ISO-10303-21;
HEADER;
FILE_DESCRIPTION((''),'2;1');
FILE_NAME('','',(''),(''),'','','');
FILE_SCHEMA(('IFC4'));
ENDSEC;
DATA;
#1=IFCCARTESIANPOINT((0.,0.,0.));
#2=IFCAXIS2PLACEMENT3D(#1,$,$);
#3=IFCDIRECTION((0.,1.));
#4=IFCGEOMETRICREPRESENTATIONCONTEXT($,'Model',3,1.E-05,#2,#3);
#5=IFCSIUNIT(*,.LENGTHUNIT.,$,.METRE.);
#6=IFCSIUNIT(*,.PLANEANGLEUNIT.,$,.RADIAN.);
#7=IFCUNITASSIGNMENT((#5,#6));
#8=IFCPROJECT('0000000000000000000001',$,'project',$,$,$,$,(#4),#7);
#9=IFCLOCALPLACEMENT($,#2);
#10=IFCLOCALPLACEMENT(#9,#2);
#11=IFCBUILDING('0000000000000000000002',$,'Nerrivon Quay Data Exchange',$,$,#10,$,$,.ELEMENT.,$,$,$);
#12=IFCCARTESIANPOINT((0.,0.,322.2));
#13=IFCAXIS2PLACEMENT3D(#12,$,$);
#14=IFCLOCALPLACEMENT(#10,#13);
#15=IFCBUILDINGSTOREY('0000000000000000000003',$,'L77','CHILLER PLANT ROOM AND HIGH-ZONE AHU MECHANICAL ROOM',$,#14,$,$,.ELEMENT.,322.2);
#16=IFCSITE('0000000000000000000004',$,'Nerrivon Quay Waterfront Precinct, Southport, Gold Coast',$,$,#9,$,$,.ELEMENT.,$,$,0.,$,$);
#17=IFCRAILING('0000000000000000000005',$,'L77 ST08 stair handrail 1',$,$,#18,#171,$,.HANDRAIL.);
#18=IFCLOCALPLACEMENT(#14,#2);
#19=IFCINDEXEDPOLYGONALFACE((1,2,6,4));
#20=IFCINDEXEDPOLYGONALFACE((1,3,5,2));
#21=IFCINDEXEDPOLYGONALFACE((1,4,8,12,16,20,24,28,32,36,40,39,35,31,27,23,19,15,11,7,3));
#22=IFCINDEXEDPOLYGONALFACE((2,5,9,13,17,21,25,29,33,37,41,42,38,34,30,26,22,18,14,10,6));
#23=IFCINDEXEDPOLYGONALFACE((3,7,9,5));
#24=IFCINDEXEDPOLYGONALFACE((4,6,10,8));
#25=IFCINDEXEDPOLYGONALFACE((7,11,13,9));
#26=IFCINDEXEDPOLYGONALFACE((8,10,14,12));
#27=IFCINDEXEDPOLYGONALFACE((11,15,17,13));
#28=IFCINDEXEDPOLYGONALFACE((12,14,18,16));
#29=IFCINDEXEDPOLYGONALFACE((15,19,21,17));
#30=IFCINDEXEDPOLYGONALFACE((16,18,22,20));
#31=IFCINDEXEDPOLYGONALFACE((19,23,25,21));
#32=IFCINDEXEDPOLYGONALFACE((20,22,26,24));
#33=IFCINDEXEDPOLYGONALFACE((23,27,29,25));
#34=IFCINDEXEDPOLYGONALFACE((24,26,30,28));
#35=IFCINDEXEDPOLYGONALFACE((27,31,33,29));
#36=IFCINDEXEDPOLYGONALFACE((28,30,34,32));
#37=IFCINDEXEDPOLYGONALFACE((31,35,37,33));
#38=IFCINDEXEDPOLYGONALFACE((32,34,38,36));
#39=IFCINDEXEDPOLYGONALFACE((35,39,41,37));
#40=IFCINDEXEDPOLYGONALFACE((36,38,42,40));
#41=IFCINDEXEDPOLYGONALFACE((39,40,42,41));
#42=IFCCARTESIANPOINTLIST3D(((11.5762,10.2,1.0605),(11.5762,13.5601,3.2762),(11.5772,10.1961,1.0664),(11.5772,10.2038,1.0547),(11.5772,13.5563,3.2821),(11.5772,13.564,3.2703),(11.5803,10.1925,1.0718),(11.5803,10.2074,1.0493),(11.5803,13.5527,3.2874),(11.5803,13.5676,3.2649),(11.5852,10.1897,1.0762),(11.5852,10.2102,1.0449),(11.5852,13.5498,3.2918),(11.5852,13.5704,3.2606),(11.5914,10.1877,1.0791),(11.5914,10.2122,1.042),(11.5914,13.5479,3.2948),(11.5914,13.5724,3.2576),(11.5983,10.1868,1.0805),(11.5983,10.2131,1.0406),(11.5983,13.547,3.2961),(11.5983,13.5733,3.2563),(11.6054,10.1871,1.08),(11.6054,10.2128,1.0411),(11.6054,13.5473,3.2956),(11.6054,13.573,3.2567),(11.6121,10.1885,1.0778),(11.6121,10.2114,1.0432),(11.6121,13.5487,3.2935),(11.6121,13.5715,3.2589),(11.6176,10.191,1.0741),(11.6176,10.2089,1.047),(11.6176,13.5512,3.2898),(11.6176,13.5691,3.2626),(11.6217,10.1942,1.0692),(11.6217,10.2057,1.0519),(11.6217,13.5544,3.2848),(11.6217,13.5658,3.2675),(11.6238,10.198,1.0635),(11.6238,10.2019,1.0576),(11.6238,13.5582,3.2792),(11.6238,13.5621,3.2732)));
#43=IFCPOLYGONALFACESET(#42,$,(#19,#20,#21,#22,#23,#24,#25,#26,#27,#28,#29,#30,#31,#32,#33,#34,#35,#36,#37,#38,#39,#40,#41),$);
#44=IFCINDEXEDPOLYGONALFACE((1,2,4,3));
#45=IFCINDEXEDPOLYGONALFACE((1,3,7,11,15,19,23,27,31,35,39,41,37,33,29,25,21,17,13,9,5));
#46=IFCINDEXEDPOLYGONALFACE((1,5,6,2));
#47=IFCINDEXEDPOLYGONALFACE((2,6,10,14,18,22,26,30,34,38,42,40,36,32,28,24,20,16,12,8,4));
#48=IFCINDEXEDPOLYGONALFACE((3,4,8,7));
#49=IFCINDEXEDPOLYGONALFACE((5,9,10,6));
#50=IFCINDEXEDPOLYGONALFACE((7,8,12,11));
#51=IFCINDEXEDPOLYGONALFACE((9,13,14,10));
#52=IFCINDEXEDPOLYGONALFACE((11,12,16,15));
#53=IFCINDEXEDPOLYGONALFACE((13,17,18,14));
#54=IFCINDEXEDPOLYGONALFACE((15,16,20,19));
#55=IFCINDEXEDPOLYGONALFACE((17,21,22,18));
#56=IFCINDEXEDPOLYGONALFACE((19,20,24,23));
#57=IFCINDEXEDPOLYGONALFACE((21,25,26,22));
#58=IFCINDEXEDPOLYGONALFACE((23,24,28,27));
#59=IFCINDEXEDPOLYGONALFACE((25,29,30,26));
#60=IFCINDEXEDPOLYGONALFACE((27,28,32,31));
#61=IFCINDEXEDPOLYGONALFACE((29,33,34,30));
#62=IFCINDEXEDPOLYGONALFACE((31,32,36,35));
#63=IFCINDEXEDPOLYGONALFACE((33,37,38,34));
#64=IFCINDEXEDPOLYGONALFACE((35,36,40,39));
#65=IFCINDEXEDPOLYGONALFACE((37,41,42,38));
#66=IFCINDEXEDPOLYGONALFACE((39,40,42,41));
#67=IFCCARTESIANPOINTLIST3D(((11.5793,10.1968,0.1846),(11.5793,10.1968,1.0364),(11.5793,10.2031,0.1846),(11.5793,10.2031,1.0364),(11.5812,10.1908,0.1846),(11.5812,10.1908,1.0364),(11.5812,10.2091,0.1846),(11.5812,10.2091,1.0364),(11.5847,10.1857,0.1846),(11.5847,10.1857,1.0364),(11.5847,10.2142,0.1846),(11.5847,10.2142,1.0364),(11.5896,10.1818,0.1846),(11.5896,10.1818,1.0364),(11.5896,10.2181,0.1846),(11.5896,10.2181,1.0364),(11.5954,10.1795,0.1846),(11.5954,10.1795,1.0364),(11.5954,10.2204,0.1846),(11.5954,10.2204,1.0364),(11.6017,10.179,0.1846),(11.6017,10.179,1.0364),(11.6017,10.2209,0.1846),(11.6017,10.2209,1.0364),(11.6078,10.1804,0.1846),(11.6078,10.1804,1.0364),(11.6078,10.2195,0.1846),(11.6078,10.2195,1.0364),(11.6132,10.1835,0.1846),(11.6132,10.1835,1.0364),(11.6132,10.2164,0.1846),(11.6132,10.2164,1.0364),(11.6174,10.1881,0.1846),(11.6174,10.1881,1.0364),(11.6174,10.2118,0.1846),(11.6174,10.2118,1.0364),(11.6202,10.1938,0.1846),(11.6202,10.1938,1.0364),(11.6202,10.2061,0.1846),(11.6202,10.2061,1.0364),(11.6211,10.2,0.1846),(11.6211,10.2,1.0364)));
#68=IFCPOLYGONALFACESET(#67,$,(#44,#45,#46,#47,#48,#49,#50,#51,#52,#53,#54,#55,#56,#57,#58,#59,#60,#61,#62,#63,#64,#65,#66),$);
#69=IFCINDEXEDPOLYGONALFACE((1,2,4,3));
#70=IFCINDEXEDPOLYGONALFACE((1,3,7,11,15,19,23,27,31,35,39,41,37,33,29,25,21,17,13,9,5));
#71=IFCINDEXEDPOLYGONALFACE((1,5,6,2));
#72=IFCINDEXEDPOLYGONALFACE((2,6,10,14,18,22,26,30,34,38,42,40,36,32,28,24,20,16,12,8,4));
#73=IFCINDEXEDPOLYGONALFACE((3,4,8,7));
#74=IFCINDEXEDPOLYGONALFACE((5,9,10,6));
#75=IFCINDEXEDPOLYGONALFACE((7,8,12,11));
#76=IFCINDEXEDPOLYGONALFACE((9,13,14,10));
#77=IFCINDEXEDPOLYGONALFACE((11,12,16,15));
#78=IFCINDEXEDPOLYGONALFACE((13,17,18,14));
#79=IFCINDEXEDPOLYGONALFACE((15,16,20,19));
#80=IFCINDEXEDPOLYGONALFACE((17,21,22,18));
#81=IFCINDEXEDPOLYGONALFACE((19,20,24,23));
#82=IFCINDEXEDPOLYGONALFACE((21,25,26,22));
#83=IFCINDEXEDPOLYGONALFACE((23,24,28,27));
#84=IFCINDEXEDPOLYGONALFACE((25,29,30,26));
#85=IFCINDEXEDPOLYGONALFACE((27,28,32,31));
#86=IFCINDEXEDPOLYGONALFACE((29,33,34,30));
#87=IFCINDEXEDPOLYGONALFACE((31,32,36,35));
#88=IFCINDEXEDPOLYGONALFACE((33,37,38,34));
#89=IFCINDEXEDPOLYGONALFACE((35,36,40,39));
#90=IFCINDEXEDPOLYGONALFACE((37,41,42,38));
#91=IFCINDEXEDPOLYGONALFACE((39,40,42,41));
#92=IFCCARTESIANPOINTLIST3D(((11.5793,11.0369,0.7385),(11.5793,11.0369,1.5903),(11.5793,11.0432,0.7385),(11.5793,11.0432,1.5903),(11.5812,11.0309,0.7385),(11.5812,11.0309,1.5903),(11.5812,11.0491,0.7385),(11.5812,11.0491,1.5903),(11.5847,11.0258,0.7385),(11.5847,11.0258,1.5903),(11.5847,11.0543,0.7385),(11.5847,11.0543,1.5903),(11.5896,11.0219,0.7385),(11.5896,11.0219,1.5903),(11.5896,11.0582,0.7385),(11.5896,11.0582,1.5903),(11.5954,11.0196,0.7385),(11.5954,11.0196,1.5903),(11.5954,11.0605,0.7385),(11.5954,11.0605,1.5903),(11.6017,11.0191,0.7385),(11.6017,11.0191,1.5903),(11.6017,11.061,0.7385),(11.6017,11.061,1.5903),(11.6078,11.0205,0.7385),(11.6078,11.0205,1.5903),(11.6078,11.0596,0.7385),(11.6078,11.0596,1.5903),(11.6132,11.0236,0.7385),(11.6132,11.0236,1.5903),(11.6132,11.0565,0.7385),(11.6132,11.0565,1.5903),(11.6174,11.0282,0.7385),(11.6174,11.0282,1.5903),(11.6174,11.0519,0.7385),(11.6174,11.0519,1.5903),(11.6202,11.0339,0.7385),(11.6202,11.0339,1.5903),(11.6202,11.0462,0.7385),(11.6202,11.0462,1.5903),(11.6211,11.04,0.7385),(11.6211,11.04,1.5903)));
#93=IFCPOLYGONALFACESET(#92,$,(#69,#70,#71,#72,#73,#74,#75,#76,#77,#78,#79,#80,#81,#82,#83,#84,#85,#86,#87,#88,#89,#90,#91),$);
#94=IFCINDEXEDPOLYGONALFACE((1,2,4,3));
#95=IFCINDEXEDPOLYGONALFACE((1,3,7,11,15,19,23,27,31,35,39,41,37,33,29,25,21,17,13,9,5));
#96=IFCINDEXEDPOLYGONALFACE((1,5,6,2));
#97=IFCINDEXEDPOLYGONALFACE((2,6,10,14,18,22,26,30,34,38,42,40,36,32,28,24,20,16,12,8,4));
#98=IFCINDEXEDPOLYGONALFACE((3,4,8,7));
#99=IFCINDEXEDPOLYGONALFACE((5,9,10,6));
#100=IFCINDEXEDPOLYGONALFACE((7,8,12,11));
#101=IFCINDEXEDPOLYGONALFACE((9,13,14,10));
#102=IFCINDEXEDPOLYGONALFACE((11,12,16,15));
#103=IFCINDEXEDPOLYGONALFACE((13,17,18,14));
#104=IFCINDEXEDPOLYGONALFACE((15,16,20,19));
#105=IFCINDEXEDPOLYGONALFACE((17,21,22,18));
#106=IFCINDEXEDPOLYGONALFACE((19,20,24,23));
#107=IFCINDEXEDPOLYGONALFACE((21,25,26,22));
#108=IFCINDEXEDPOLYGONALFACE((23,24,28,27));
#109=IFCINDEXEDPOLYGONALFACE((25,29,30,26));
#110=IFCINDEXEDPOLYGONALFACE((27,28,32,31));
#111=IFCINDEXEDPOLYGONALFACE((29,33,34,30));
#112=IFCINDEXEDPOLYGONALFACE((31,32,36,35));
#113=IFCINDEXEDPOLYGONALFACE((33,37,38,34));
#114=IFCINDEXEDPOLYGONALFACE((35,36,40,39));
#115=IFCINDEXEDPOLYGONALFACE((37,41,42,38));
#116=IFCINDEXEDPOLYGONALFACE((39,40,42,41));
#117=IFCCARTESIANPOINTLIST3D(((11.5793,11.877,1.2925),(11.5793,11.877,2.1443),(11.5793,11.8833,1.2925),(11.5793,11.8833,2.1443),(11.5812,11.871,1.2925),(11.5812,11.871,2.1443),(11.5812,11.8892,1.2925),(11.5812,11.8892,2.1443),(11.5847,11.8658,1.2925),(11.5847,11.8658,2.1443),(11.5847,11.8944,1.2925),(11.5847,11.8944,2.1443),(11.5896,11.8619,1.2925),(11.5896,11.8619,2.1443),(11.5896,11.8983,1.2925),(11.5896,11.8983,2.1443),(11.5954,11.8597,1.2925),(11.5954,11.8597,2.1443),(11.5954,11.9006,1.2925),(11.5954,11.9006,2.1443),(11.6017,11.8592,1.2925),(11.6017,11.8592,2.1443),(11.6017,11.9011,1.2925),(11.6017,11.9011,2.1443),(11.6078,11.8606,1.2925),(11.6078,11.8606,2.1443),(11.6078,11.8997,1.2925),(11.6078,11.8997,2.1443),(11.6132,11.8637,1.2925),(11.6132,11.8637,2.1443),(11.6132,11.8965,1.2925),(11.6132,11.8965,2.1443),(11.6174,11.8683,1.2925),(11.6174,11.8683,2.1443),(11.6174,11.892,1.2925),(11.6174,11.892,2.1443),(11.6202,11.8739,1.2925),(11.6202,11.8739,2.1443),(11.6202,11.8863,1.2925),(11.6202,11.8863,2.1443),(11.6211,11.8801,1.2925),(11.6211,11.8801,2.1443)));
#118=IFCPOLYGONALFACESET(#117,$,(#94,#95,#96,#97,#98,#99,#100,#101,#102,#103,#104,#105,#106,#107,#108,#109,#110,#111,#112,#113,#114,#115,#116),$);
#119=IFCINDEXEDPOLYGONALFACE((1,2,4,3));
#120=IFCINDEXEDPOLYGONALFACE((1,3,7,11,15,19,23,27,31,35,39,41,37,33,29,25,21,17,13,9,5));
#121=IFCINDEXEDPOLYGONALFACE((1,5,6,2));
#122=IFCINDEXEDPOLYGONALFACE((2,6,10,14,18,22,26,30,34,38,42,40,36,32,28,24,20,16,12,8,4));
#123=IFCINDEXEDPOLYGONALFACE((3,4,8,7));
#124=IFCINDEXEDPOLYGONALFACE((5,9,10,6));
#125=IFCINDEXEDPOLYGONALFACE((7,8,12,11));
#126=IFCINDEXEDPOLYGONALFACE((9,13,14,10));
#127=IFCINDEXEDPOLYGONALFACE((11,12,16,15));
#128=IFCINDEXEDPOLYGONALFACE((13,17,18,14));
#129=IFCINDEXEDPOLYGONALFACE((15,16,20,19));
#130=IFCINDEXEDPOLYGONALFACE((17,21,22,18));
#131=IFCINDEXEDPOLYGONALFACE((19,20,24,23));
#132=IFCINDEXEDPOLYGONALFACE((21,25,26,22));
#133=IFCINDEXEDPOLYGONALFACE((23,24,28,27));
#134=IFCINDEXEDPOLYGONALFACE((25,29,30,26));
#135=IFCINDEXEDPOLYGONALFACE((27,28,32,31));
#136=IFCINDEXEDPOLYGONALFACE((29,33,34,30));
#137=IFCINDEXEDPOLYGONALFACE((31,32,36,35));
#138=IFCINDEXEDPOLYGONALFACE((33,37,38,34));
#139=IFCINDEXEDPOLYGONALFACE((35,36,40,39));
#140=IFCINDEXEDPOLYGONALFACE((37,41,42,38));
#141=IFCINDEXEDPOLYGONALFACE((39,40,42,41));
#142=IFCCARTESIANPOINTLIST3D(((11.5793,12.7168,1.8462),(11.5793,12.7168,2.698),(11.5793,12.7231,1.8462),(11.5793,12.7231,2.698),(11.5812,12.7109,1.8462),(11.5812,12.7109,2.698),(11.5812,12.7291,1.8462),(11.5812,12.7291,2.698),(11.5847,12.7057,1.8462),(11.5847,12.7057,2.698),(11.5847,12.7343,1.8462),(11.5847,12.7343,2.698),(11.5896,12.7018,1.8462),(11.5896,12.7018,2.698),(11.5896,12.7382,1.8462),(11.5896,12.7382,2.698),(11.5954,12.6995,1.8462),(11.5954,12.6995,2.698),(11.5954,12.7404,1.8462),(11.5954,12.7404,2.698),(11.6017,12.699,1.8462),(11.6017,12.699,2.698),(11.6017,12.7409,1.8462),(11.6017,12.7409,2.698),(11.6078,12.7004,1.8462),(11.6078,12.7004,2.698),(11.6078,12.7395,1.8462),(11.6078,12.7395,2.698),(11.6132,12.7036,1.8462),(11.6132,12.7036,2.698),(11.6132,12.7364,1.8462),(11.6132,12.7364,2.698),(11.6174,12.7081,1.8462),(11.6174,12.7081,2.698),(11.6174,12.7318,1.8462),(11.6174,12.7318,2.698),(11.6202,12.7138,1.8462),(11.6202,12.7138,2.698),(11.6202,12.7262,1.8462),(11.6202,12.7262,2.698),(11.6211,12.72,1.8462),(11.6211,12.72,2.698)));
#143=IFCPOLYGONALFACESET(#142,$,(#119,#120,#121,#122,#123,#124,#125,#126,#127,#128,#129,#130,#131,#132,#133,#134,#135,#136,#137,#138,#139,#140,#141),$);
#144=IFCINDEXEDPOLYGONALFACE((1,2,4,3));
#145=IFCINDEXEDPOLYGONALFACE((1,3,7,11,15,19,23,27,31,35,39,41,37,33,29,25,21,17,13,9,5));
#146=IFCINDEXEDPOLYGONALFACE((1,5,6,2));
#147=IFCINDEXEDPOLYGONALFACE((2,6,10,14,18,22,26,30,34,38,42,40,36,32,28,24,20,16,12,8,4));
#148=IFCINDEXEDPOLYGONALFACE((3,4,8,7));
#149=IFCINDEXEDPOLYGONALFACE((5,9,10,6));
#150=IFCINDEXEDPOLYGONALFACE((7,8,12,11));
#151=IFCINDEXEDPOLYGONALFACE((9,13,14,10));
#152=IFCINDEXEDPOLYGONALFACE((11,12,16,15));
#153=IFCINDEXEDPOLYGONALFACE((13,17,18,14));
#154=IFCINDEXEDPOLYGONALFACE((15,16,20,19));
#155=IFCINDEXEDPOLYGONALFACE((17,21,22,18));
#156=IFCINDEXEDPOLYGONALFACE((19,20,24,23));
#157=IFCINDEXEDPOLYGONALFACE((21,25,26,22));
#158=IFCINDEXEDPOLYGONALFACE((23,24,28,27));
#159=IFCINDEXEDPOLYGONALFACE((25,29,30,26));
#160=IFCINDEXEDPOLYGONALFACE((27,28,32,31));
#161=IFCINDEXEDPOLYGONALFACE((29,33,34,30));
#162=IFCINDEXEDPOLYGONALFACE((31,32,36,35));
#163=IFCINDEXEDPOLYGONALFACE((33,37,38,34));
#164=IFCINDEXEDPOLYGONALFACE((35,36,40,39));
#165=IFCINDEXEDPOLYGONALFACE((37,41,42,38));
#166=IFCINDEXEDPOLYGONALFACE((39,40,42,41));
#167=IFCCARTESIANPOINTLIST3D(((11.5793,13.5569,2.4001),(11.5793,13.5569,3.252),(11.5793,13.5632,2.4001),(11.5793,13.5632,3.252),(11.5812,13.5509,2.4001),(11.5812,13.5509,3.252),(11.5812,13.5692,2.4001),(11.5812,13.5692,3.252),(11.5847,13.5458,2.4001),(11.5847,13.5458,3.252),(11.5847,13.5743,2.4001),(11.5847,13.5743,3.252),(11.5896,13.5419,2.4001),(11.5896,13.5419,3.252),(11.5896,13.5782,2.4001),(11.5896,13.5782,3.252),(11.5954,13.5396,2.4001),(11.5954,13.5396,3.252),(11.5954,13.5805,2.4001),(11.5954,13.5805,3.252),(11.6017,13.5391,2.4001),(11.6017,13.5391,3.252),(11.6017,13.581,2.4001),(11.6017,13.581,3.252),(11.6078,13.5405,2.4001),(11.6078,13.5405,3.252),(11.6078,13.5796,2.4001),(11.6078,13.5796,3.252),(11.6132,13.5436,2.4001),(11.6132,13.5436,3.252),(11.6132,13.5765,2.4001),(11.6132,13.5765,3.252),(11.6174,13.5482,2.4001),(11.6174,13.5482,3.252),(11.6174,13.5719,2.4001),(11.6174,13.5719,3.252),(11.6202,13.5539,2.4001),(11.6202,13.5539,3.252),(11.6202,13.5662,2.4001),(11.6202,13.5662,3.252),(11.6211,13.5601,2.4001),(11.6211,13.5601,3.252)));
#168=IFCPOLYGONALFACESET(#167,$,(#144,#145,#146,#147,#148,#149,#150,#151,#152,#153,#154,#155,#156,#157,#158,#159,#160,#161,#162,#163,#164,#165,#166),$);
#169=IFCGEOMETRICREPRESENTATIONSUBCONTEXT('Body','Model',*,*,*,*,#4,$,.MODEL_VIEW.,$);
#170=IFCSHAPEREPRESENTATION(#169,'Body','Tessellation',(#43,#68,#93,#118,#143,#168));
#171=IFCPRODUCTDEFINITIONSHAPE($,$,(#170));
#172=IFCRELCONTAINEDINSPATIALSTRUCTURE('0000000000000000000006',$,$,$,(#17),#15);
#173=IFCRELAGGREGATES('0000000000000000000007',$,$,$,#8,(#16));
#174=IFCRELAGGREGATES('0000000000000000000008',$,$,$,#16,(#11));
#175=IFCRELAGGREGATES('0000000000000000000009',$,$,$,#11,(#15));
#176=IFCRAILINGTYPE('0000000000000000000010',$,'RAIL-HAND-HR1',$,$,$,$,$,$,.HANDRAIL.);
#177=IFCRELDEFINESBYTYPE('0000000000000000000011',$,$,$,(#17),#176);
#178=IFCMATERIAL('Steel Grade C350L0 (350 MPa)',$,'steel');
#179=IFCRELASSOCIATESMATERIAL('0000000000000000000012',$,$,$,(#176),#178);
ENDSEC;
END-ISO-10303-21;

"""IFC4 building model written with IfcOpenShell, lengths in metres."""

from ifc_helpers import new_model, si_unit, direction, frame, origin, origin_2d, place, context, subcontext, project, spatial, circle, extrude, material, type_object, element, save


model = new_model("IFC4")

# Units and contexts
model_context = context("Model", 3, precision=1e-05, world=origin(), true_north=direction((0.0, 1.0)))
body_context = subcontext(model_context, "Body", "Model", "MODEL_VIEW")
ifc_project = project(units=[si_unit("LENGTHUNIT", "METRE"), si_unit("PLANEANGLEUNIT", "RADIAN")], contexts=[model_context])

# Site, building, storey
site_placement = place(None, origin())
site = spatial("IfcSite", under=ifc_project, at=site_placement, Name="Nerrivon Quay Waterfront Precinct, Southport, Gold Coast", CompositionType="ELEMENT", RefElevation=0.0)
building_placement = place(site_placement, origin())
building = spatial("IfcBuilding", under=site, at=building_placement, Name="Nerrivon Quay Data Exchange", CompositionType="ELEMENT")
storey_placement = place(building_placement, frame((0.0, 0.0, 322.2)))
storey = spatial("IfcBuildingStorey", under=building, at=storey_placement, Name="L77", Description="CHILLER PLANT ROOM AND HIGH-ZONE AHU MECHANICAL ROOM", CompositionType="ELEMENT", Elevation=322.2)

# Railing
ifc_material_1 = material(Name="Steel Grade C350L0 (350 MPa)", Category="steel")
railing_type_1 = type_object("IfcRailingType", Name="RAIL-HAND-HR1", PredefinedType="HANDRAIL", material=ifc_material_1)
railing_1_placement = place(storey_placement, frame((11.6001, 10.2, 0.1846)))
element("IfcRailing", 1, at=railing_1_placement, inside=storey, type_object=railing_type_1, Name="L77 ST08 stair handrail 1", PredefinedType="HANDRAIL", context=body_context, shape_type="SweptSolid", body=[
    extrude(circle(Radius=0.0239, at=origin_2d()), frame((0.0, 0.0, 0.876), z_axis=(0.0, 0.834849, 0.55048), x_axis=(-1.0, 0.0, 0.0)), (0.0, 0.0, 1.0), 4.0249),
    extrude(circle(Radius=0.021, at=origin_2d()), origin(), (0.0, 0.0, 1.0), 0.8518),
    extrude(circle(Radius=0.021, at=origin_2d()), frame((0.0, 0.8401, 0.554)), (0.0, 0.0, 1.0), 0.8518),
    extrude(circle(Radius=0.021, at=origin_2d()), frame((0.0, 1.6802, 1.1079)), (0.0, 0.0, 1.0), 0.8518),
    extrude(circle(Radius=0.021, at=origin_2d()), frame((0.0, 2.52, 1.6616)), (0.0, 0.0, 1.0), 0.8518),
    extrude(circle(Radius=0.021, at=origin_2d()), frame((0.0, 3.3601, 2.2156)), (0.0, 0.0, 1.0), 0.8518),
])

save(model, "model.ifc")
